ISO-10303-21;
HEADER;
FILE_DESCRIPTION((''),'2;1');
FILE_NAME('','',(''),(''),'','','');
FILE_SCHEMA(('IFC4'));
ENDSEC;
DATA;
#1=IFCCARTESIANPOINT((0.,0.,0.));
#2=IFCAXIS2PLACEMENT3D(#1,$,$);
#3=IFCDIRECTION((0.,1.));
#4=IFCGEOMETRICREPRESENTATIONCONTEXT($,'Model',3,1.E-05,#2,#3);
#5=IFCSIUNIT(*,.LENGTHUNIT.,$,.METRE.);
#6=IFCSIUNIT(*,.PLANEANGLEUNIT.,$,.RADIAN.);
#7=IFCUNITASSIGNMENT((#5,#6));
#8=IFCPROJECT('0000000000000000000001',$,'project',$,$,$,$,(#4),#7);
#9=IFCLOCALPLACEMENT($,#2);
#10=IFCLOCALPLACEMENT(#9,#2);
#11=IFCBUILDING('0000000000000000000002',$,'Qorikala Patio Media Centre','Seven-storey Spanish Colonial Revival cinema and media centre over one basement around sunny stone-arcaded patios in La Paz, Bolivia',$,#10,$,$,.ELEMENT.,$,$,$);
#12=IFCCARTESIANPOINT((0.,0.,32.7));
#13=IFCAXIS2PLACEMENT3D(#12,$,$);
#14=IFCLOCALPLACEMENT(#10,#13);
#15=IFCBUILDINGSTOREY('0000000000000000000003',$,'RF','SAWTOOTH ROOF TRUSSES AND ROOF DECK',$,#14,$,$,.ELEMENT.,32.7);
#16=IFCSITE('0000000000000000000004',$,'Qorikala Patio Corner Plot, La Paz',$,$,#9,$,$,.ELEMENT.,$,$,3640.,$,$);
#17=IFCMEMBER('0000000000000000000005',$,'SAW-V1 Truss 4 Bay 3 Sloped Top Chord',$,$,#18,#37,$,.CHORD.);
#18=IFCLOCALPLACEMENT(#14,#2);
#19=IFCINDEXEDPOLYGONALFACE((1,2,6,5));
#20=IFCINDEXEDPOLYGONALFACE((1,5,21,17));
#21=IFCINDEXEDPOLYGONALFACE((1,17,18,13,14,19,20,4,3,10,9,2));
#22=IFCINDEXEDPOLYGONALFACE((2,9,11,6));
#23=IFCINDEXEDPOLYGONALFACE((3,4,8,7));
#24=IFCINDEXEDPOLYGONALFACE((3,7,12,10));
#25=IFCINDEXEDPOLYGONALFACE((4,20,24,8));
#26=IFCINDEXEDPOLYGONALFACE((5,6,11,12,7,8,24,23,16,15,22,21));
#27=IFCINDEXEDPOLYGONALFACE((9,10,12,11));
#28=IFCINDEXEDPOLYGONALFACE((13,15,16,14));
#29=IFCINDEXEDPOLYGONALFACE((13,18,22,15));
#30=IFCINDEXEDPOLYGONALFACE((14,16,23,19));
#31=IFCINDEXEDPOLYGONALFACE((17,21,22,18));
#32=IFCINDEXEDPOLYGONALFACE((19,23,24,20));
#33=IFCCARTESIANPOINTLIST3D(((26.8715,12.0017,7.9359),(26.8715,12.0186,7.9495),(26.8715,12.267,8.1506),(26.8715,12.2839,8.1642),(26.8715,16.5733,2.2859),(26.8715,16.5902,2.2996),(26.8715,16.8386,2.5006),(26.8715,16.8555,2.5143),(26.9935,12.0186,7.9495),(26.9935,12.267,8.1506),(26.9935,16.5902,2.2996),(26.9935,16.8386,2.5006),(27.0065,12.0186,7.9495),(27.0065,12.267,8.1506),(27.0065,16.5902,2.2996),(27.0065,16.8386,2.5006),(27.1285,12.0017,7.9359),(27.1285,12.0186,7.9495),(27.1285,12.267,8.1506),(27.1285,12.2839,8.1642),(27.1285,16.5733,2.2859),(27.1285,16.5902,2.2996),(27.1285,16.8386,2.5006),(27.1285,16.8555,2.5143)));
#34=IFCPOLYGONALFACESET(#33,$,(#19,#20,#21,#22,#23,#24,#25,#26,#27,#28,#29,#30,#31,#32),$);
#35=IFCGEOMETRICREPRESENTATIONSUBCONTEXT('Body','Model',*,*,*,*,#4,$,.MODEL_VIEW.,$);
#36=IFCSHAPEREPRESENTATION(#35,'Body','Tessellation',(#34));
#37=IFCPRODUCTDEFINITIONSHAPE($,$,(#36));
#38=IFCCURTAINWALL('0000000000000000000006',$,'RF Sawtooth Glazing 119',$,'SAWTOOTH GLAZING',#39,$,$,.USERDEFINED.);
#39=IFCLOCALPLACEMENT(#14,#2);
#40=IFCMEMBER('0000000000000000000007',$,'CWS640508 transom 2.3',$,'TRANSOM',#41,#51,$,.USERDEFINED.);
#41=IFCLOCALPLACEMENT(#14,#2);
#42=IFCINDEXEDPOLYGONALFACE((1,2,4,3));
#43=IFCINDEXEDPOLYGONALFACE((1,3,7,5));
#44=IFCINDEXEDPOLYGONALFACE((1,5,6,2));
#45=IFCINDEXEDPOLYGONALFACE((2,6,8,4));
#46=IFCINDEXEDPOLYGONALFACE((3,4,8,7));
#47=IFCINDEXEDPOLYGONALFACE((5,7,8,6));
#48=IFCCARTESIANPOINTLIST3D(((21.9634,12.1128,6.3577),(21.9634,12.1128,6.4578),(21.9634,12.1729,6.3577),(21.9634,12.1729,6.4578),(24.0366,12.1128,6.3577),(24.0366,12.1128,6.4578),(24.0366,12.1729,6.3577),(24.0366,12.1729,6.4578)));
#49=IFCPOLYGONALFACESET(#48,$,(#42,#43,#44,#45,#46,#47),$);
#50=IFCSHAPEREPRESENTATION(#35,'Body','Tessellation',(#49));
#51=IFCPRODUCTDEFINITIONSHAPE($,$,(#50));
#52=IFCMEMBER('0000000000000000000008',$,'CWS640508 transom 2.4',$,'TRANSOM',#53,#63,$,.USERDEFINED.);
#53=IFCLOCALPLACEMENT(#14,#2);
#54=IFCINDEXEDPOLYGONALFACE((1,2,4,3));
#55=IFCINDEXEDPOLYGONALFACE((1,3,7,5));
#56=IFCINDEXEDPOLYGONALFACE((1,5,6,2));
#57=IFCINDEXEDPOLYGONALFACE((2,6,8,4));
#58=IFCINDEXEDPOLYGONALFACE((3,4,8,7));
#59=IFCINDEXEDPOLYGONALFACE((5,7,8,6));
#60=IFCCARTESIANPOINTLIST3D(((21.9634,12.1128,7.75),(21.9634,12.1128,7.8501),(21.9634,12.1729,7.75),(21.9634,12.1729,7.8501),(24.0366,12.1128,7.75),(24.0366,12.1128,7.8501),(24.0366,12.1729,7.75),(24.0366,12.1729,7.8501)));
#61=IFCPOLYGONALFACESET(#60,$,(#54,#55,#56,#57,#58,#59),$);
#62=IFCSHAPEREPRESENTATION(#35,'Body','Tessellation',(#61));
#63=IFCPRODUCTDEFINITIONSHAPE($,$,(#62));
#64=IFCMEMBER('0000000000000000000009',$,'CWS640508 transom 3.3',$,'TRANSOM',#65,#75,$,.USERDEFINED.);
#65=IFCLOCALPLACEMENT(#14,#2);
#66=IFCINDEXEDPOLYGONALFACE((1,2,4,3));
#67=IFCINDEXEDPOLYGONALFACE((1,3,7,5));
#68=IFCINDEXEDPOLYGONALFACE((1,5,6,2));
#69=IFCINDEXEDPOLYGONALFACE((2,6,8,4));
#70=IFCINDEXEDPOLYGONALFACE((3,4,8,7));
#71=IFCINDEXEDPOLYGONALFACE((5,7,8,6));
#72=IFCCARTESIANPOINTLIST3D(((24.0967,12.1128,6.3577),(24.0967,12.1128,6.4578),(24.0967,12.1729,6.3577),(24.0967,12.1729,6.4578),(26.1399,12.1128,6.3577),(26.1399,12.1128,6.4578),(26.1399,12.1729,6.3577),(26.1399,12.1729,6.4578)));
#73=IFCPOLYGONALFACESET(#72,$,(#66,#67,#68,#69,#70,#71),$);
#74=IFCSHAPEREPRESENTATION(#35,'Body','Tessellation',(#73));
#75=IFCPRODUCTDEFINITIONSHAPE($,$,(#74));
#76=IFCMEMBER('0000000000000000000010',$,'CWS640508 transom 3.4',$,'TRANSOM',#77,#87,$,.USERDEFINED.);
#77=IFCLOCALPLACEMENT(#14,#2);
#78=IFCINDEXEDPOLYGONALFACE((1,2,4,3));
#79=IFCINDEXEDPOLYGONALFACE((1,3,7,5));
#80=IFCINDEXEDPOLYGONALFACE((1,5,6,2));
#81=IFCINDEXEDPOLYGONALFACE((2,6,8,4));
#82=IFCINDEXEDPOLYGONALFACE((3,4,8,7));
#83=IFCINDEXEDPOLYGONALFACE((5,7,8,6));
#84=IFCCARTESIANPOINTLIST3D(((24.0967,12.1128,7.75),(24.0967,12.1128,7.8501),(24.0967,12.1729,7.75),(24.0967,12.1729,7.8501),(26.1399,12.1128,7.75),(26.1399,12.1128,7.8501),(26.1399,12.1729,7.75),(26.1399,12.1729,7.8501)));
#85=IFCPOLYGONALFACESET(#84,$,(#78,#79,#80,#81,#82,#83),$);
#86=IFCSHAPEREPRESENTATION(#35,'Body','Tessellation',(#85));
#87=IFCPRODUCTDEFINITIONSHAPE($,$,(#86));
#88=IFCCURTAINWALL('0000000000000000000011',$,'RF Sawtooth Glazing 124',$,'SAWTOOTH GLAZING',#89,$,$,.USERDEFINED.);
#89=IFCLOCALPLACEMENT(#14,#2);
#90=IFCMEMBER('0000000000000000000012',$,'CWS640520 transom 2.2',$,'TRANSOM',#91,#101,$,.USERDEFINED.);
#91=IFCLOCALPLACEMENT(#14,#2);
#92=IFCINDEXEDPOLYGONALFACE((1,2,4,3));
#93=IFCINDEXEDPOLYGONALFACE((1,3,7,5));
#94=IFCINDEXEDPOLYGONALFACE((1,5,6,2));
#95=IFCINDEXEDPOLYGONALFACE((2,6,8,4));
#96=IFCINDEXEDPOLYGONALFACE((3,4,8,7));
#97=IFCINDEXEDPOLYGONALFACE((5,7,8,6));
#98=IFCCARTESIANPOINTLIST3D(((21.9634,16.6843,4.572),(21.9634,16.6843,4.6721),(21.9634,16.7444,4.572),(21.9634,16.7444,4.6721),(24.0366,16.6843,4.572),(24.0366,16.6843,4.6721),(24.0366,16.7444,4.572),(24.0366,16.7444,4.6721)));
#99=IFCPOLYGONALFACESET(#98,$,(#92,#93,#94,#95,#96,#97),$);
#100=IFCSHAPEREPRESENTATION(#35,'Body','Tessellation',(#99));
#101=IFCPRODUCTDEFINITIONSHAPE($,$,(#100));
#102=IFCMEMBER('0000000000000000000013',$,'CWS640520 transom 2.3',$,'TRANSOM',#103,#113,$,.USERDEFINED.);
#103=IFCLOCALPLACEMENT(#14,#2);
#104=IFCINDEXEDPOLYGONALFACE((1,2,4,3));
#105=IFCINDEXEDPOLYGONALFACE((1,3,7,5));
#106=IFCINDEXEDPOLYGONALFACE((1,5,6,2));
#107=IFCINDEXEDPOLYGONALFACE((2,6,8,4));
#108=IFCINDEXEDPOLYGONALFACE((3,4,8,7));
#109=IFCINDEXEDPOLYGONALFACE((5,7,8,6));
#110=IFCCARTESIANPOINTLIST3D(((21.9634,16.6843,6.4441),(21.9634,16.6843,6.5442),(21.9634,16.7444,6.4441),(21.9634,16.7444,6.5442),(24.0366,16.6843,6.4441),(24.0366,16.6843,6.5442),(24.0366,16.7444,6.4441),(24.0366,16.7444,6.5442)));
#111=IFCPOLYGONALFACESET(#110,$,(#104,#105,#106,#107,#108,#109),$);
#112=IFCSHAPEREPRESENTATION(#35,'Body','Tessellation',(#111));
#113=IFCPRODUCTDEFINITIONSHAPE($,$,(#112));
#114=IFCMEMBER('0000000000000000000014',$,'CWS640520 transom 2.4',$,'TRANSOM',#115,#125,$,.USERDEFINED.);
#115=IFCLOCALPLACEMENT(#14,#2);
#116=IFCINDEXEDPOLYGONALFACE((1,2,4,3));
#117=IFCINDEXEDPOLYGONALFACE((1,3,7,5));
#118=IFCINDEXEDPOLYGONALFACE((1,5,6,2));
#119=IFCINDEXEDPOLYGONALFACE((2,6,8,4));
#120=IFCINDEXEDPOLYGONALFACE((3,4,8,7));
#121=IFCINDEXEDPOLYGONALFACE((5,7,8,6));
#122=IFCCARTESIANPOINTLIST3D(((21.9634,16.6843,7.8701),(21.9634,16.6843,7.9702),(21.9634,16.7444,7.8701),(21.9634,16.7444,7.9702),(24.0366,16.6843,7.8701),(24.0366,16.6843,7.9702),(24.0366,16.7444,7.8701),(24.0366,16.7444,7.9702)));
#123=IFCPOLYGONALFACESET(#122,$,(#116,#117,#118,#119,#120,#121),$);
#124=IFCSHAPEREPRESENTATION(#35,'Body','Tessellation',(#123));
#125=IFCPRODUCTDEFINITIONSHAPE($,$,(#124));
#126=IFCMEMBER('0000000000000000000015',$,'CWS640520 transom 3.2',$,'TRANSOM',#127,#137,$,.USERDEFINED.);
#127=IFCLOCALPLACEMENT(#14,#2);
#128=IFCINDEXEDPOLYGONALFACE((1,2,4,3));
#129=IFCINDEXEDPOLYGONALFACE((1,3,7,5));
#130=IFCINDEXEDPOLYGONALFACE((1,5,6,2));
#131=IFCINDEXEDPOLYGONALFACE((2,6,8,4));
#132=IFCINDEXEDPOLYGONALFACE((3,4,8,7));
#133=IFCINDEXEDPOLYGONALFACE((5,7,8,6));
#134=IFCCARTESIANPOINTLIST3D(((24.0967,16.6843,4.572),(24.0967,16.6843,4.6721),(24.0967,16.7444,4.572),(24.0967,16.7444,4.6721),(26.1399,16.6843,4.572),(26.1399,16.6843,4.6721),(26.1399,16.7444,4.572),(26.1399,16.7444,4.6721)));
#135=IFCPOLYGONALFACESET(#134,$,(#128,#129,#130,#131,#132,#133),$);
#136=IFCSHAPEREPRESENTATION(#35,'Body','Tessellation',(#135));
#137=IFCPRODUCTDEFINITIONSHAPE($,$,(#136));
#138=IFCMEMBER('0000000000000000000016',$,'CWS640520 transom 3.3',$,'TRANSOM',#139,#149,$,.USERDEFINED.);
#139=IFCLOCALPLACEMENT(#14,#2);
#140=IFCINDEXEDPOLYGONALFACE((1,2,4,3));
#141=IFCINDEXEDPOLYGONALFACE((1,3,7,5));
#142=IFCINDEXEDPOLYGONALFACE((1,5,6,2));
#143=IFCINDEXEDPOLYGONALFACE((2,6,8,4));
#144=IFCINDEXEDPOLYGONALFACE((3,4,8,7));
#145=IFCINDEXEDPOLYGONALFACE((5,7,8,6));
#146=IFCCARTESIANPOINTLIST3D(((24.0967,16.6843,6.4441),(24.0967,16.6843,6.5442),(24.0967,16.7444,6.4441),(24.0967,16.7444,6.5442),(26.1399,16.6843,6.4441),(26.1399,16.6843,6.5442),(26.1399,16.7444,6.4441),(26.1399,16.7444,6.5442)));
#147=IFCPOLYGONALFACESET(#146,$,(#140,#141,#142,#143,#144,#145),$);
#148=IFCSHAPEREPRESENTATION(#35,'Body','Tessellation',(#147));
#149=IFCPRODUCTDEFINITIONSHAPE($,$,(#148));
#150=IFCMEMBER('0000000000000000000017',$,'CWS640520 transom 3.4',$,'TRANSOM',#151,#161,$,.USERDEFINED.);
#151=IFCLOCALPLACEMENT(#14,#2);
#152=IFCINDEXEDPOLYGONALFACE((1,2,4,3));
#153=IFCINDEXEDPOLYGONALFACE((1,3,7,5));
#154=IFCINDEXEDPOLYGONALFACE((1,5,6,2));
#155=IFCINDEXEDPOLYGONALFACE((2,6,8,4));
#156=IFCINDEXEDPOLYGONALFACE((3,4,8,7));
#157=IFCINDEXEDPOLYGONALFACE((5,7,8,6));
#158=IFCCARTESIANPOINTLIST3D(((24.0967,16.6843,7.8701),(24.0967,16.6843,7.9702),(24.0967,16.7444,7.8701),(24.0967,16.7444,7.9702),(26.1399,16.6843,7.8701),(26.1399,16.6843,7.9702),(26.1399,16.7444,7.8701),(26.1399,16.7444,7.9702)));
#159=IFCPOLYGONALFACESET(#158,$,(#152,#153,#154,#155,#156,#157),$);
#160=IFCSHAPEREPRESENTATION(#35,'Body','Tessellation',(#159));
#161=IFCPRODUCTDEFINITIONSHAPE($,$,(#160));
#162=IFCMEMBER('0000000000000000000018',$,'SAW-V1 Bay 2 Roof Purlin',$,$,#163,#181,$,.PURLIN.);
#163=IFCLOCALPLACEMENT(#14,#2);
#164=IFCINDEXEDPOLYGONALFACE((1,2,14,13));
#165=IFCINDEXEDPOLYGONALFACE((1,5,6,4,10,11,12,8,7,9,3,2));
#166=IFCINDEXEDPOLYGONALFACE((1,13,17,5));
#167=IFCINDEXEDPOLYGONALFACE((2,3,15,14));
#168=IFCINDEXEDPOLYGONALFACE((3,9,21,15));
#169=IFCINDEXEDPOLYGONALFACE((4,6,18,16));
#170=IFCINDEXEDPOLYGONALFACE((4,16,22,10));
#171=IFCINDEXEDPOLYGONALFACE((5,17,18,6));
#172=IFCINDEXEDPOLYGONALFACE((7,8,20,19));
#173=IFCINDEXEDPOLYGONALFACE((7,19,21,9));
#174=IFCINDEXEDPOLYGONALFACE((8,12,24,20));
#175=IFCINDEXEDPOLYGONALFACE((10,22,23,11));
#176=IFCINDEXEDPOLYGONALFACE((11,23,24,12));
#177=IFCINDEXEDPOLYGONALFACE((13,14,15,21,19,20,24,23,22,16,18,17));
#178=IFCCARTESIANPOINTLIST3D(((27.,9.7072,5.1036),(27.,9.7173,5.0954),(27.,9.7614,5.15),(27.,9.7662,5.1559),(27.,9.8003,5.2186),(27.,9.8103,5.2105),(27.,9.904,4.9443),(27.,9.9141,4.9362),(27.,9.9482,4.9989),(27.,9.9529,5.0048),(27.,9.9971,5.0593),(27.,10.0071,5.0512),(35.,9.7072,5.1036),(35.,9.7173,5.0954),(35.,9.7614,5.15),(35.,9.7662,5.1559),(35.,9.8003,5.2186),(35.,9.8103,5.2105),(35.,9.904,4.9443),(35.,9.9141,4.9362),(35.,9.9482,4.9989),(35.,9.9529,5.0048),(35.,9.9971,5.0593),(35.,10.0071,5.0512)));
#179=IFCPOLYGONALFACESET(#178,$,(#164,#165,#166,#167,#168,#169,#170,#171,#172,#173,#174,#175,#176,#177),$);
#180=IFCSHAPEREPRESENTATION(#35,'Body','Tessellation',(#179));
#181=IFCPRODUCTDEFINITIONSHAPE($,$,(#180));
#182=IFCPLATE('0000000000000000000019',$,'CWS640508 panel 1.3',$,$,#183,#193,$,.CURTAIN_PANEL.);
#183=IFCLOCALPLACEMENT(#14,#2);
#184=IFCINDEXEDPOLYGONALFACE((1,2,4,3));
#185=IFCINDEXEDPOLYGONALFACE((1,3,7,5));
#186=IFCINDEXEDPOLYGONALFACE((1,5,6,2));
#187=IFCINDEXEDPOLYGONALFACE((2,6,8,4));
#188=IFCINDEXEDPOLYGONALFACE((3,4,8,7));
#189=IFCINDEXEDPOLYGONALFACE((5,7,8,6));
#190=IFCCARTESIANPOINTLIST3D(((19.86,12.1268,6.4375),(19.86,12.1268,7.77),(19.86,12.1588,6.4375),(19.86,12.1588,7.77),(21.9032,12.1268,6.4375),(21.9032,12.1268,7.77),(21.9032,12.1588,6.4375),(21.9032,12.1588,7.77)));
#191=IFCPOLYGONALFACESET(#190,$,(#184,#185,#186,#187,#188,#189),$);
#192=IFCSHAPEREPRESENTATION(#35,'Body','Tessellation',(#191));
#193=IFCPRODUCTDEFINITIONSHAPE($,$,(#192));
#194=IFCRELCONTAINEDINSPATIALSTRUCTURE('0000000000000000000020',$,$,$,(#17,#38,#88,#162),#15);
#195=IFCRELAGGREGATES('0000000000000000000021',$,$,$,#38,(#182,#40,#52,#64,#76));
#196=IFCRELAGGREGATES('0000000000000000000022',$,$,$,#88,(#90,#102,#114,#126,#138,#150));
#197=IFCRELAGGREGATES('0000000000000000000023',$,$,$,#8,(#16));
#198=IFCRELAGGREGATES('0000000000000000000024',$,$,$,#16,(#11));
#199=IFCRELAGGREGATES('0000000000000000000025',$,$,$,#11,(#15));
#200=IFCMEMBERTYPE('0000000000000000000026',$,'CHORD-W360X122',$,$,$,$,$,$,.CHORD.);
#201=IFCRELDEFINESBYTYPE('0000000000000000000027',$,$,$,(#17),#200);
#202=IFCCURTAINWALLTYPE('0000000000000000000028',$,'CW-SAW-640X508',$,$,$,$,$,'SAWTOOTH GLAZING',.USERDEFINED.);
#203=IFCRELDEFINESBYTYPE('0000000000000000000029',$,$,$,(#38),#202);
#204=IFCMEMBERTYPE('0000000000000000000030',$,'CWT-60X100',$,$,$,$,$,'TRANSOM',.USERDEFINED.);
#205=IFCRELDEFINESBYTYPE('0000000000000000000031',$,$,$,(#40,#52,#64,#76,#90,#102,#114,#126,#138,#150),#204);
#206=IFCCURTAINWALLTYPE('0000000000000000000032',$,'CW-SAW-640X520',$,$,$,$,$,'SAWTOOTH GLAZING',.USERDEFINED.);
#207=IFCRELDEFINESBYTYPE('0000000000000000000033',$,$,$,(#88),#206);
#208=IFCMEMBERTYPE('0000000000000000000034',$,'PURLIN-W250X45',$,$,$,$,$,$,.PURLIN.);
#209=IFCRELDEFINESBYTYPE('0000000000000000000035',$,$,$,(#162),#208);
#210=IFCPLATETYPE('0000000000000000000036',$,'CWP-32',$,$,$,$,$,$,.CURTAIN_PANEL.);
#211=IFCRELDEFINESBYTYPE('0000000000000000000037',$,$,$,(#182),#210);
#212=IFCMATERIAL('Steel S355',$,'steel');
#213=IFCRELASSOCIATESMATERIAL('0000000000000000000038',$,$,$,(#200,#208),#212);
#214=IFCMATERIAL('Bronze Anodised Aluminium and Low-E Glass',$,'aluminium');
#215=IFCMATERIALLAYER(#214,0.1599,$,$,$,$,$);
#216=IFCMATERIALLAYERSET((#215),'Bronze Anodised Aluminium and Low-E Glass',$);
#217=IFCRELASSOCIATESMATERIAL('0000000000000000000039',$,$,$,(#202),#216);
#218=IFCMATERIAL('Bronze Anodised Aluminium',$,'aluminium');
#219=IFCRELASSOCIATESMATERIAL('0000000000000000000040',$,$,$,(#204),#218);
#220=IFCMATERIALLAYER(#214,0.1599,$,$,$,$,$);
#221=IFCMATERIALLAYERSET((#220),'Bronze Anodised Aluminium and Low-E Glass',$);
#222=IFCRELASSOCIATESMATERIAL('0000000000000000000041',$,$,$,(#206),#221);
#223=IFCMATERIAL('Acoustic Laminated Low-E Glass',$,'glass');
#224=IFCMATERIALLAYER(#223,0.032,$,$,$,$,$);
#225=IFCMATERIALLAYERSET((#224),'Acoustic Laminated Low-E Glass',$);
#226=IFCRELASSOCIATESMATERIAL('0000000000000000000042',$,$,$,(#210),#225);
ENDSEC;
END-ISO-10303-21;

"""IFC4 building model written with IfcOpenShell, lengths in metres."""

from ifc_helpers import new_model, si_unit, direction, frame, origin, origin_2d, place, context, subcontext, project, spatial, rectangle, i_section, extrude, material, layer, layer_set, material_profile, profile_set, type_object, element, aggregate, save


model = new_model("IFC4")

# Units and contexts
model_context = context("Model", 3, precision=1e-05, world=origin(), true_north=direction((0.0, 1.0)))
body_context = subcontext(model_context, "Body", "Model", "MODEL_VIEW")
ifc_project = project(units=[si_unit("LENGTHUNIT", "METRE"), si_unit("PLANEANGLEUNIT", "RADIAN")], contexts=[model_context])

# Site, building, storey
site_placement = place(None, origin())
site = spatial("IfcSite", under=ifc_project, at=site_placement, Name="Qorikala Patio Corner Plot, La Paz", CompositionType="ELEMENT", RefElevation=3640.0)
building_placement = place(site_placement, origin())
building = spatial("IfcBuilding", under=site, at=building_placement, Name="Qorikala Patio Media Centre", Description="Seven-storey Spanish Colonial Revival cinema and media centre over one basement around sunny stone-arcaded patios in La Paz, Bolivia", CompositionType="ELEMENT")
storey_placement = place(building_placement, frame((0.0, 0.0, 32.7)))
storey = spatial("IfcBuildingStorey", under=building, at=storey_placement, Name="RF", Description="SAWTOOTH ROOF TRUSSES AND ROOF DECK", CompositionType="ELEMENT", Elevation=32.7)

# Member
ifc_material_1 = material(Name="Steel S355", Category="steel")
ifc_material_profile_1 = material_profile(ifc_material_1, i_section(OverallWidth=0.2571, OverallDepth=0.363, WebThickness=0.0129, FlangeThickness=0.0217, at=origin_2d()), Name="W360X122")
ifc_profile_set_1 = profile_set([ifc_material_profile_1], Name="Steel S355")
member_type_1 = type_object("IfcMemberType", Name="CHORD-W360X122", PredefinedType="CHORD", material=ifc_profile_set_1)
member_1_placement = place(storey_placement, frame((27.0, 12.1428, 8.05), z_axis=(0.0, 0.629016, -0.777393), x_axis=(-1.0, 0.0, 0.0)))
element("IfcMember", 1, at=member_1_placement, inside=storey, type_object=member_type_1, Name="SAW-V1 Truss 4 Bay 3 Sloped Top Chord", PredefinedType="CHORD", context=body_context, shape_type="SweptSolid", body=[
    extrude(i_section(OverallWidth=0.2571, OverallDepth=0.363, WebThickness=0.0129, FlangeThickness=0.0217, at=origin_2d()), origin(), (0.0, 0.0, 1.0), 7.2678),
])

# Curtain walls, members
ifc_material_2 = material(Name="Bronze Anodised Aluminium and Low-E Glass", Category="aluminium")
ifc_layer_1 = layer(ifc_material_2, 0.1599)
ifc_layer_set_1 = layer_set([ifc_layer_1], Name="Bronze Anodised Aluminium and Low-E Glass")
curtain_wall_type_1 = type_object("IfcCurtainWallType", Name="CW-SAW-640X508", ElementType="SAWTOOTH GLAZING", PredefinedType="USERDEFINED", material=ifc_layer_set_1)
curtain_wall_1_placement = place(storey_placement, origin())
curtain_wall_1 = element("IfcCurtainWall", 2, at=curtain_wall_1_placement, inside=storey, type_object=curtain_wall_type_1, Name="RF Sawtooth Glazing 119", ObjectType="SAWTOOTH GLAZING", PredefinedType="USERDEFINED")
ifc_material_3 = material(Name="Bronze Anodised Aluminium", Category="aluminium")
ifc_material_profile_2 = material_profile(ifc_material_3, rectangle(XDim=0.0601, YDim=0.1001, at=origin_2d()), Name="ALU TRANSOM 60x100")
ifc_profile_set_2 = profile_set([ifc_material_profile_2], Name="Bronze Anodised Aluminium")
member_type_2 = type_object("IfcMemberType", Name="CWT-60X100", ElementType="TRANSOM", PredefinedType="USERDEFINED", material=ifc_profile_set_2)
member_2_placement = place(storey_placement, frame((21.9634, 12.1428, 6.4077), z_axis=(1.0, 0.0, 0.0), x_axis=(0.0, 1.0, 0.0)))
member_2 = element("IfcMember", 3, at=member_2_placement, type_object=member_type_2, Name="CWS640508 transom 2.3", ObjectType="TRANSOM", PredefinedType="USERDEFINED", context=body_context, shape_type="SweptSolid", body=[
    extrude(rectangle(XDim=0.0601, YDim=0.1001, at=origin_2d()), origin(), (0.0, 0.0, 1.0), 2.0732),
])
member_3_placement = place(storey_placement, frame((21.9634, 12.1428, 7.8), z_axis=(1.0, 0.0, 0.0), x_axis=(0.0, 1.0, 0.0)))
member_3 = element("IfcMember", 4, at=member_3_placement, type_object=member_type_2, Name="CWS640508 transom 2.4", ObjectType="TRANSOM", PredefinedType="USERDEFINED", context=body_context, shape_type="SweptSolid", body=[
    extrude(rectangle(XDim=0.0601, YDim=0.1001, at=origin_2d()), origin(), (0.0, 0.0, 1.0), 2.0732),
])
member_4_placement = place(storey_placement, frame((24.0967, 12.1428, 6.4077), z_axis=(1.0, 0.0, 0.0), x_axis=(0.0, 1.0, 0.0)))
member_4 = element("IfcMember", 5, at=member_4_placement, type_object=member_type_2, Name="CWS640508 transom 3.3", ObjectType="TRANSOM", PredefinedType="USERDEFINED", context=body_context, shape_type="SweptSolid", body=[
    extrude(rectangle(XDim=0.0601, YDim=0.1001, at=origin_2d()), origin(), (0.0, 0.0, 1.0), 2.0432),
])
member_5_placement = place(storey_placement, frame((24.0967, 12.1428, 7.8), z_axis=(1.0, 0.0, 0.0), x_axis=(0.0, 1.0, 0.0)))
member_5 = element("IfcMember", 6, at=member_5_placement, type_object=member_type_2, Name="CWS640508 transom 3.4", ObjectType="TRANSOM", PredefinedType="USERDEFINED", context=body_context, shape_type="SweptSolid", body=[
    extrude(rectangle(XDim=0.0601, YDim=0.1001, at=origin_2d()), origin(), (0.0, 0.0, 1.0), 2.0432),
])
ifc_layer_2 = layer(ifc_material_2, 0.1599)
ifc_layer_set_2 = layer_set([ifc_layer_2], Name="Bronze Anodised Aluminium and Low-E Glass")
curtain_wall_type_2 = type_object("IfcCurtainWallType", Name="CW-SAW-640X520", ElementType="SAWTOOTH GLAZING", PredefinedType="USERDEFINED", material=ifc_layer_set_2)
curtain_wall_2_placement = place(storey_placement, origin())
curtain_wall_2 = element("IfcCurtainWall", 7, at=curtain_wall_2_placement, inside=storey, type_object=curtain_wall_type_2, Name="RF Sawtooth Glazing 124", ObjectType="SAWTOOTH GLAZING", PredefinedType="USERDEFINED")
member_6_placement = place(storey_placement, frame((21.9634, 16.7144, 4.6221), z_axis=(1.0, 0.0, 0.0), x_axis=(0.0, 1.0, 0.0)))
member_6 = element("IfcMember", 8, at=member_6_placement, type_object=member_type_2, Name="CWS640520 transom 2.2", ObjectType="TRANSOM", PredefinedType="USERDEFINED", context=body_context, shape_type="SweptSolid", body=[
    extrude(rectangle(XDim=0.0601, YDim=0.1001, at=origin_2d()), origin(), (0.0, 0.0, 1.0), 2.0732),
])
member_7_placement = place(storey_placement, frame((21.9634, 16.7144, 6.4941), z_axis=(1.0, 0.0, 0.0), x_axis=(0.0, 1.0, 0.0)))
member_7 = element("IfcMember", 9, at=member_7_placement, type_object=member_type_2, Name="CWS640520 transom 2.3", ObjectType="TRANSOM", PredefinedType="USERDEFINED", context=body_context, shape_type="SweptSolid", body=[
    extrude(rectangle(XDim=0.0601, YDim=0.1001, at=origin_2d()), origin(), (0.0, 0.0, 1.0), 2.0732),
])
member_8_placement = place(storey_placement, frame((21.9634, 16.7144, 7.9202), z_axis=(1.0, 0.0, 0.0), x_axis=(0.0, 1.0, 0.0)))
member_8 = element("IfcMember", 10, at=member_8_placement, type_object=member_type_2, Name="CWS640520 transom 2.4", ObjectType="TRANSOM", PredefinedType="USERDEFINED", context=body_context, shape_type="SweptSolid", body=[
    extrude(rectangle(XDim=0.0601, YDim=0.1001, at=origin_2d()), origin(), (0.0, 0.0, 1.0), 2.0732),
])
member_9_placement = place(storey_placement, frame((24.0967, 16.7144, 4.6221), z_axis=(1.0, 0.0, 0.0), x_axis=(0.0, 1.0, 0.0)))
member_9 = element("IfcMember", 11, at=member_9_placement, type_object=member_type_2, Name="CWS640520 transom 3.2", ObjectType="TRANSOM", PredefinedType="USERDEFINED", context=body_context, shape_type="SweptSolid", body=[
    extrude(rectangle(XDim=0.0601, YDim=0.1001, at=origin_2d()), origin(), (0.0, 0.0, 1.0), 2.0432),
])
member_10_placement = place(storey_placement, frame((24.0967, 16.7144, 6.4941), z_axis=(1.0, 0.0, 0.0), x_axis=(0.0, 1.0, 0.0)))
member_10 = element("IfcMember", 12, at=member_10_placement, type_object=member_type_2, Name="CWS640520 transom 3.3", ObjectType="TRANSOM", PredefinedType="USERDEFINED", context=body_context, shape_type="SweptSolid", body=[
    extrude(rectangle(XDim=0.0601, YDim=0.1001, at=origin_2d()), origin(), (0.0, 0.0, 1.0), 2.0432),
])
member_11_placement = place(storey_placement, frame((24.0967, 16.7144, 7.9202), z_axis=(1.0, 0.0, 0.0), x_axis=(0.0, 1.0, 0.0)))
member_11 = element("IfcMember", 13, at=member_11_placement, type_object=member_type_2, Name="CWS640520 transom 3.4", ObjectType="TRANSOM", PredefinedType="USERDEFINED", context=body_context, shape_type="SweptSolid", body=[
    extrude(rectangle(XDim=0.0601, YDim=0.1001, at=origin_2d()), origin(), (0.0, 0.0, 1.0), 2.0432),
])

# Member
ifc_material_profile_3 = material_profile(ifc_material_1, i_section(OverallWidth=0.1479, OverallDepth=0.2661, WebThickness=0.0076, FlangeThickness=0.0129, at=origin_2d()), Name="W250X45")
ifc_profile_set_3 = profile_set([ifc_material_profile_3], Name="Steel S355")
member_type_3 = type_object("IfcMemberType", Name="PURLIN-W250X45", PredefinedType="PURLIN", material=ifc_profile_set_3)
member_12_placement = place(storey_placement, frame((27.0, 9.8572, 5.0774), z_axis=(1.0, 0.0, 0.0), x_axis=(0.0, 0.628995, 0.77741)))
element("IfcMember", 14, at=member_12_placement, inside=storey, type_object=member_type_3, Name="SAW-V1 Bay 2 Roof Purlin", PredefinedType="PURLIN", context=body_context, shape_type="SweptSolid", body=[
    extrude(i_section(OverallWidth=0.1479, OverallDepth=0.2661, WebThickness=0.0076, FlangeThickness=0.0129, at=origin_2d()), origin(), (0.0, 0.0, 1.0), 8.0),
])

# Plate
ifc_material_4 = material(Name="Acoustic Laminated Low-E Glass", Category="glass")
ifc_layer_3 = layer(ifc_material_4, 0.032)
ifc_layer_set_3 = layer_set([ifc_layer_3], Name="Acoustic Laminated Low-E Glass")
plate_type = type_object("IfcPlateType", Name="CWP-32", PredefinedType="CURTAIN_PANEL", material=ifc_layer_set_3)
plate_1_placement = place(storey_placement, frame((20.8816, 12.1428, 6.4375), z_axis=(0.0, 0.0, 1.0), x_axis=(1.0, 0.0, 0.0)))
plate_1 = element("IfcPlate", 15, at=plate_1_placement, type_object=plate_type, Name="CWS640508 panel 1.3", PredefinedType="CURTAIN_PANEL", context=body_context, shape_type="SweptSolid", body=[
    extrude(rectangle(XDim=2.0432, YDim=0.032, at=origin_2d()), origin(), (0.0, 0.0, 1.0), 1.3325),
])
aggregate(curtain_wall_1, [plate_1, member_2, member_3, member_4, member_5])
aggregate(curtain_wall_2, [member_6, member_7, member_8, member_9, member_10, member_11])

save(model, "model.ifc")
